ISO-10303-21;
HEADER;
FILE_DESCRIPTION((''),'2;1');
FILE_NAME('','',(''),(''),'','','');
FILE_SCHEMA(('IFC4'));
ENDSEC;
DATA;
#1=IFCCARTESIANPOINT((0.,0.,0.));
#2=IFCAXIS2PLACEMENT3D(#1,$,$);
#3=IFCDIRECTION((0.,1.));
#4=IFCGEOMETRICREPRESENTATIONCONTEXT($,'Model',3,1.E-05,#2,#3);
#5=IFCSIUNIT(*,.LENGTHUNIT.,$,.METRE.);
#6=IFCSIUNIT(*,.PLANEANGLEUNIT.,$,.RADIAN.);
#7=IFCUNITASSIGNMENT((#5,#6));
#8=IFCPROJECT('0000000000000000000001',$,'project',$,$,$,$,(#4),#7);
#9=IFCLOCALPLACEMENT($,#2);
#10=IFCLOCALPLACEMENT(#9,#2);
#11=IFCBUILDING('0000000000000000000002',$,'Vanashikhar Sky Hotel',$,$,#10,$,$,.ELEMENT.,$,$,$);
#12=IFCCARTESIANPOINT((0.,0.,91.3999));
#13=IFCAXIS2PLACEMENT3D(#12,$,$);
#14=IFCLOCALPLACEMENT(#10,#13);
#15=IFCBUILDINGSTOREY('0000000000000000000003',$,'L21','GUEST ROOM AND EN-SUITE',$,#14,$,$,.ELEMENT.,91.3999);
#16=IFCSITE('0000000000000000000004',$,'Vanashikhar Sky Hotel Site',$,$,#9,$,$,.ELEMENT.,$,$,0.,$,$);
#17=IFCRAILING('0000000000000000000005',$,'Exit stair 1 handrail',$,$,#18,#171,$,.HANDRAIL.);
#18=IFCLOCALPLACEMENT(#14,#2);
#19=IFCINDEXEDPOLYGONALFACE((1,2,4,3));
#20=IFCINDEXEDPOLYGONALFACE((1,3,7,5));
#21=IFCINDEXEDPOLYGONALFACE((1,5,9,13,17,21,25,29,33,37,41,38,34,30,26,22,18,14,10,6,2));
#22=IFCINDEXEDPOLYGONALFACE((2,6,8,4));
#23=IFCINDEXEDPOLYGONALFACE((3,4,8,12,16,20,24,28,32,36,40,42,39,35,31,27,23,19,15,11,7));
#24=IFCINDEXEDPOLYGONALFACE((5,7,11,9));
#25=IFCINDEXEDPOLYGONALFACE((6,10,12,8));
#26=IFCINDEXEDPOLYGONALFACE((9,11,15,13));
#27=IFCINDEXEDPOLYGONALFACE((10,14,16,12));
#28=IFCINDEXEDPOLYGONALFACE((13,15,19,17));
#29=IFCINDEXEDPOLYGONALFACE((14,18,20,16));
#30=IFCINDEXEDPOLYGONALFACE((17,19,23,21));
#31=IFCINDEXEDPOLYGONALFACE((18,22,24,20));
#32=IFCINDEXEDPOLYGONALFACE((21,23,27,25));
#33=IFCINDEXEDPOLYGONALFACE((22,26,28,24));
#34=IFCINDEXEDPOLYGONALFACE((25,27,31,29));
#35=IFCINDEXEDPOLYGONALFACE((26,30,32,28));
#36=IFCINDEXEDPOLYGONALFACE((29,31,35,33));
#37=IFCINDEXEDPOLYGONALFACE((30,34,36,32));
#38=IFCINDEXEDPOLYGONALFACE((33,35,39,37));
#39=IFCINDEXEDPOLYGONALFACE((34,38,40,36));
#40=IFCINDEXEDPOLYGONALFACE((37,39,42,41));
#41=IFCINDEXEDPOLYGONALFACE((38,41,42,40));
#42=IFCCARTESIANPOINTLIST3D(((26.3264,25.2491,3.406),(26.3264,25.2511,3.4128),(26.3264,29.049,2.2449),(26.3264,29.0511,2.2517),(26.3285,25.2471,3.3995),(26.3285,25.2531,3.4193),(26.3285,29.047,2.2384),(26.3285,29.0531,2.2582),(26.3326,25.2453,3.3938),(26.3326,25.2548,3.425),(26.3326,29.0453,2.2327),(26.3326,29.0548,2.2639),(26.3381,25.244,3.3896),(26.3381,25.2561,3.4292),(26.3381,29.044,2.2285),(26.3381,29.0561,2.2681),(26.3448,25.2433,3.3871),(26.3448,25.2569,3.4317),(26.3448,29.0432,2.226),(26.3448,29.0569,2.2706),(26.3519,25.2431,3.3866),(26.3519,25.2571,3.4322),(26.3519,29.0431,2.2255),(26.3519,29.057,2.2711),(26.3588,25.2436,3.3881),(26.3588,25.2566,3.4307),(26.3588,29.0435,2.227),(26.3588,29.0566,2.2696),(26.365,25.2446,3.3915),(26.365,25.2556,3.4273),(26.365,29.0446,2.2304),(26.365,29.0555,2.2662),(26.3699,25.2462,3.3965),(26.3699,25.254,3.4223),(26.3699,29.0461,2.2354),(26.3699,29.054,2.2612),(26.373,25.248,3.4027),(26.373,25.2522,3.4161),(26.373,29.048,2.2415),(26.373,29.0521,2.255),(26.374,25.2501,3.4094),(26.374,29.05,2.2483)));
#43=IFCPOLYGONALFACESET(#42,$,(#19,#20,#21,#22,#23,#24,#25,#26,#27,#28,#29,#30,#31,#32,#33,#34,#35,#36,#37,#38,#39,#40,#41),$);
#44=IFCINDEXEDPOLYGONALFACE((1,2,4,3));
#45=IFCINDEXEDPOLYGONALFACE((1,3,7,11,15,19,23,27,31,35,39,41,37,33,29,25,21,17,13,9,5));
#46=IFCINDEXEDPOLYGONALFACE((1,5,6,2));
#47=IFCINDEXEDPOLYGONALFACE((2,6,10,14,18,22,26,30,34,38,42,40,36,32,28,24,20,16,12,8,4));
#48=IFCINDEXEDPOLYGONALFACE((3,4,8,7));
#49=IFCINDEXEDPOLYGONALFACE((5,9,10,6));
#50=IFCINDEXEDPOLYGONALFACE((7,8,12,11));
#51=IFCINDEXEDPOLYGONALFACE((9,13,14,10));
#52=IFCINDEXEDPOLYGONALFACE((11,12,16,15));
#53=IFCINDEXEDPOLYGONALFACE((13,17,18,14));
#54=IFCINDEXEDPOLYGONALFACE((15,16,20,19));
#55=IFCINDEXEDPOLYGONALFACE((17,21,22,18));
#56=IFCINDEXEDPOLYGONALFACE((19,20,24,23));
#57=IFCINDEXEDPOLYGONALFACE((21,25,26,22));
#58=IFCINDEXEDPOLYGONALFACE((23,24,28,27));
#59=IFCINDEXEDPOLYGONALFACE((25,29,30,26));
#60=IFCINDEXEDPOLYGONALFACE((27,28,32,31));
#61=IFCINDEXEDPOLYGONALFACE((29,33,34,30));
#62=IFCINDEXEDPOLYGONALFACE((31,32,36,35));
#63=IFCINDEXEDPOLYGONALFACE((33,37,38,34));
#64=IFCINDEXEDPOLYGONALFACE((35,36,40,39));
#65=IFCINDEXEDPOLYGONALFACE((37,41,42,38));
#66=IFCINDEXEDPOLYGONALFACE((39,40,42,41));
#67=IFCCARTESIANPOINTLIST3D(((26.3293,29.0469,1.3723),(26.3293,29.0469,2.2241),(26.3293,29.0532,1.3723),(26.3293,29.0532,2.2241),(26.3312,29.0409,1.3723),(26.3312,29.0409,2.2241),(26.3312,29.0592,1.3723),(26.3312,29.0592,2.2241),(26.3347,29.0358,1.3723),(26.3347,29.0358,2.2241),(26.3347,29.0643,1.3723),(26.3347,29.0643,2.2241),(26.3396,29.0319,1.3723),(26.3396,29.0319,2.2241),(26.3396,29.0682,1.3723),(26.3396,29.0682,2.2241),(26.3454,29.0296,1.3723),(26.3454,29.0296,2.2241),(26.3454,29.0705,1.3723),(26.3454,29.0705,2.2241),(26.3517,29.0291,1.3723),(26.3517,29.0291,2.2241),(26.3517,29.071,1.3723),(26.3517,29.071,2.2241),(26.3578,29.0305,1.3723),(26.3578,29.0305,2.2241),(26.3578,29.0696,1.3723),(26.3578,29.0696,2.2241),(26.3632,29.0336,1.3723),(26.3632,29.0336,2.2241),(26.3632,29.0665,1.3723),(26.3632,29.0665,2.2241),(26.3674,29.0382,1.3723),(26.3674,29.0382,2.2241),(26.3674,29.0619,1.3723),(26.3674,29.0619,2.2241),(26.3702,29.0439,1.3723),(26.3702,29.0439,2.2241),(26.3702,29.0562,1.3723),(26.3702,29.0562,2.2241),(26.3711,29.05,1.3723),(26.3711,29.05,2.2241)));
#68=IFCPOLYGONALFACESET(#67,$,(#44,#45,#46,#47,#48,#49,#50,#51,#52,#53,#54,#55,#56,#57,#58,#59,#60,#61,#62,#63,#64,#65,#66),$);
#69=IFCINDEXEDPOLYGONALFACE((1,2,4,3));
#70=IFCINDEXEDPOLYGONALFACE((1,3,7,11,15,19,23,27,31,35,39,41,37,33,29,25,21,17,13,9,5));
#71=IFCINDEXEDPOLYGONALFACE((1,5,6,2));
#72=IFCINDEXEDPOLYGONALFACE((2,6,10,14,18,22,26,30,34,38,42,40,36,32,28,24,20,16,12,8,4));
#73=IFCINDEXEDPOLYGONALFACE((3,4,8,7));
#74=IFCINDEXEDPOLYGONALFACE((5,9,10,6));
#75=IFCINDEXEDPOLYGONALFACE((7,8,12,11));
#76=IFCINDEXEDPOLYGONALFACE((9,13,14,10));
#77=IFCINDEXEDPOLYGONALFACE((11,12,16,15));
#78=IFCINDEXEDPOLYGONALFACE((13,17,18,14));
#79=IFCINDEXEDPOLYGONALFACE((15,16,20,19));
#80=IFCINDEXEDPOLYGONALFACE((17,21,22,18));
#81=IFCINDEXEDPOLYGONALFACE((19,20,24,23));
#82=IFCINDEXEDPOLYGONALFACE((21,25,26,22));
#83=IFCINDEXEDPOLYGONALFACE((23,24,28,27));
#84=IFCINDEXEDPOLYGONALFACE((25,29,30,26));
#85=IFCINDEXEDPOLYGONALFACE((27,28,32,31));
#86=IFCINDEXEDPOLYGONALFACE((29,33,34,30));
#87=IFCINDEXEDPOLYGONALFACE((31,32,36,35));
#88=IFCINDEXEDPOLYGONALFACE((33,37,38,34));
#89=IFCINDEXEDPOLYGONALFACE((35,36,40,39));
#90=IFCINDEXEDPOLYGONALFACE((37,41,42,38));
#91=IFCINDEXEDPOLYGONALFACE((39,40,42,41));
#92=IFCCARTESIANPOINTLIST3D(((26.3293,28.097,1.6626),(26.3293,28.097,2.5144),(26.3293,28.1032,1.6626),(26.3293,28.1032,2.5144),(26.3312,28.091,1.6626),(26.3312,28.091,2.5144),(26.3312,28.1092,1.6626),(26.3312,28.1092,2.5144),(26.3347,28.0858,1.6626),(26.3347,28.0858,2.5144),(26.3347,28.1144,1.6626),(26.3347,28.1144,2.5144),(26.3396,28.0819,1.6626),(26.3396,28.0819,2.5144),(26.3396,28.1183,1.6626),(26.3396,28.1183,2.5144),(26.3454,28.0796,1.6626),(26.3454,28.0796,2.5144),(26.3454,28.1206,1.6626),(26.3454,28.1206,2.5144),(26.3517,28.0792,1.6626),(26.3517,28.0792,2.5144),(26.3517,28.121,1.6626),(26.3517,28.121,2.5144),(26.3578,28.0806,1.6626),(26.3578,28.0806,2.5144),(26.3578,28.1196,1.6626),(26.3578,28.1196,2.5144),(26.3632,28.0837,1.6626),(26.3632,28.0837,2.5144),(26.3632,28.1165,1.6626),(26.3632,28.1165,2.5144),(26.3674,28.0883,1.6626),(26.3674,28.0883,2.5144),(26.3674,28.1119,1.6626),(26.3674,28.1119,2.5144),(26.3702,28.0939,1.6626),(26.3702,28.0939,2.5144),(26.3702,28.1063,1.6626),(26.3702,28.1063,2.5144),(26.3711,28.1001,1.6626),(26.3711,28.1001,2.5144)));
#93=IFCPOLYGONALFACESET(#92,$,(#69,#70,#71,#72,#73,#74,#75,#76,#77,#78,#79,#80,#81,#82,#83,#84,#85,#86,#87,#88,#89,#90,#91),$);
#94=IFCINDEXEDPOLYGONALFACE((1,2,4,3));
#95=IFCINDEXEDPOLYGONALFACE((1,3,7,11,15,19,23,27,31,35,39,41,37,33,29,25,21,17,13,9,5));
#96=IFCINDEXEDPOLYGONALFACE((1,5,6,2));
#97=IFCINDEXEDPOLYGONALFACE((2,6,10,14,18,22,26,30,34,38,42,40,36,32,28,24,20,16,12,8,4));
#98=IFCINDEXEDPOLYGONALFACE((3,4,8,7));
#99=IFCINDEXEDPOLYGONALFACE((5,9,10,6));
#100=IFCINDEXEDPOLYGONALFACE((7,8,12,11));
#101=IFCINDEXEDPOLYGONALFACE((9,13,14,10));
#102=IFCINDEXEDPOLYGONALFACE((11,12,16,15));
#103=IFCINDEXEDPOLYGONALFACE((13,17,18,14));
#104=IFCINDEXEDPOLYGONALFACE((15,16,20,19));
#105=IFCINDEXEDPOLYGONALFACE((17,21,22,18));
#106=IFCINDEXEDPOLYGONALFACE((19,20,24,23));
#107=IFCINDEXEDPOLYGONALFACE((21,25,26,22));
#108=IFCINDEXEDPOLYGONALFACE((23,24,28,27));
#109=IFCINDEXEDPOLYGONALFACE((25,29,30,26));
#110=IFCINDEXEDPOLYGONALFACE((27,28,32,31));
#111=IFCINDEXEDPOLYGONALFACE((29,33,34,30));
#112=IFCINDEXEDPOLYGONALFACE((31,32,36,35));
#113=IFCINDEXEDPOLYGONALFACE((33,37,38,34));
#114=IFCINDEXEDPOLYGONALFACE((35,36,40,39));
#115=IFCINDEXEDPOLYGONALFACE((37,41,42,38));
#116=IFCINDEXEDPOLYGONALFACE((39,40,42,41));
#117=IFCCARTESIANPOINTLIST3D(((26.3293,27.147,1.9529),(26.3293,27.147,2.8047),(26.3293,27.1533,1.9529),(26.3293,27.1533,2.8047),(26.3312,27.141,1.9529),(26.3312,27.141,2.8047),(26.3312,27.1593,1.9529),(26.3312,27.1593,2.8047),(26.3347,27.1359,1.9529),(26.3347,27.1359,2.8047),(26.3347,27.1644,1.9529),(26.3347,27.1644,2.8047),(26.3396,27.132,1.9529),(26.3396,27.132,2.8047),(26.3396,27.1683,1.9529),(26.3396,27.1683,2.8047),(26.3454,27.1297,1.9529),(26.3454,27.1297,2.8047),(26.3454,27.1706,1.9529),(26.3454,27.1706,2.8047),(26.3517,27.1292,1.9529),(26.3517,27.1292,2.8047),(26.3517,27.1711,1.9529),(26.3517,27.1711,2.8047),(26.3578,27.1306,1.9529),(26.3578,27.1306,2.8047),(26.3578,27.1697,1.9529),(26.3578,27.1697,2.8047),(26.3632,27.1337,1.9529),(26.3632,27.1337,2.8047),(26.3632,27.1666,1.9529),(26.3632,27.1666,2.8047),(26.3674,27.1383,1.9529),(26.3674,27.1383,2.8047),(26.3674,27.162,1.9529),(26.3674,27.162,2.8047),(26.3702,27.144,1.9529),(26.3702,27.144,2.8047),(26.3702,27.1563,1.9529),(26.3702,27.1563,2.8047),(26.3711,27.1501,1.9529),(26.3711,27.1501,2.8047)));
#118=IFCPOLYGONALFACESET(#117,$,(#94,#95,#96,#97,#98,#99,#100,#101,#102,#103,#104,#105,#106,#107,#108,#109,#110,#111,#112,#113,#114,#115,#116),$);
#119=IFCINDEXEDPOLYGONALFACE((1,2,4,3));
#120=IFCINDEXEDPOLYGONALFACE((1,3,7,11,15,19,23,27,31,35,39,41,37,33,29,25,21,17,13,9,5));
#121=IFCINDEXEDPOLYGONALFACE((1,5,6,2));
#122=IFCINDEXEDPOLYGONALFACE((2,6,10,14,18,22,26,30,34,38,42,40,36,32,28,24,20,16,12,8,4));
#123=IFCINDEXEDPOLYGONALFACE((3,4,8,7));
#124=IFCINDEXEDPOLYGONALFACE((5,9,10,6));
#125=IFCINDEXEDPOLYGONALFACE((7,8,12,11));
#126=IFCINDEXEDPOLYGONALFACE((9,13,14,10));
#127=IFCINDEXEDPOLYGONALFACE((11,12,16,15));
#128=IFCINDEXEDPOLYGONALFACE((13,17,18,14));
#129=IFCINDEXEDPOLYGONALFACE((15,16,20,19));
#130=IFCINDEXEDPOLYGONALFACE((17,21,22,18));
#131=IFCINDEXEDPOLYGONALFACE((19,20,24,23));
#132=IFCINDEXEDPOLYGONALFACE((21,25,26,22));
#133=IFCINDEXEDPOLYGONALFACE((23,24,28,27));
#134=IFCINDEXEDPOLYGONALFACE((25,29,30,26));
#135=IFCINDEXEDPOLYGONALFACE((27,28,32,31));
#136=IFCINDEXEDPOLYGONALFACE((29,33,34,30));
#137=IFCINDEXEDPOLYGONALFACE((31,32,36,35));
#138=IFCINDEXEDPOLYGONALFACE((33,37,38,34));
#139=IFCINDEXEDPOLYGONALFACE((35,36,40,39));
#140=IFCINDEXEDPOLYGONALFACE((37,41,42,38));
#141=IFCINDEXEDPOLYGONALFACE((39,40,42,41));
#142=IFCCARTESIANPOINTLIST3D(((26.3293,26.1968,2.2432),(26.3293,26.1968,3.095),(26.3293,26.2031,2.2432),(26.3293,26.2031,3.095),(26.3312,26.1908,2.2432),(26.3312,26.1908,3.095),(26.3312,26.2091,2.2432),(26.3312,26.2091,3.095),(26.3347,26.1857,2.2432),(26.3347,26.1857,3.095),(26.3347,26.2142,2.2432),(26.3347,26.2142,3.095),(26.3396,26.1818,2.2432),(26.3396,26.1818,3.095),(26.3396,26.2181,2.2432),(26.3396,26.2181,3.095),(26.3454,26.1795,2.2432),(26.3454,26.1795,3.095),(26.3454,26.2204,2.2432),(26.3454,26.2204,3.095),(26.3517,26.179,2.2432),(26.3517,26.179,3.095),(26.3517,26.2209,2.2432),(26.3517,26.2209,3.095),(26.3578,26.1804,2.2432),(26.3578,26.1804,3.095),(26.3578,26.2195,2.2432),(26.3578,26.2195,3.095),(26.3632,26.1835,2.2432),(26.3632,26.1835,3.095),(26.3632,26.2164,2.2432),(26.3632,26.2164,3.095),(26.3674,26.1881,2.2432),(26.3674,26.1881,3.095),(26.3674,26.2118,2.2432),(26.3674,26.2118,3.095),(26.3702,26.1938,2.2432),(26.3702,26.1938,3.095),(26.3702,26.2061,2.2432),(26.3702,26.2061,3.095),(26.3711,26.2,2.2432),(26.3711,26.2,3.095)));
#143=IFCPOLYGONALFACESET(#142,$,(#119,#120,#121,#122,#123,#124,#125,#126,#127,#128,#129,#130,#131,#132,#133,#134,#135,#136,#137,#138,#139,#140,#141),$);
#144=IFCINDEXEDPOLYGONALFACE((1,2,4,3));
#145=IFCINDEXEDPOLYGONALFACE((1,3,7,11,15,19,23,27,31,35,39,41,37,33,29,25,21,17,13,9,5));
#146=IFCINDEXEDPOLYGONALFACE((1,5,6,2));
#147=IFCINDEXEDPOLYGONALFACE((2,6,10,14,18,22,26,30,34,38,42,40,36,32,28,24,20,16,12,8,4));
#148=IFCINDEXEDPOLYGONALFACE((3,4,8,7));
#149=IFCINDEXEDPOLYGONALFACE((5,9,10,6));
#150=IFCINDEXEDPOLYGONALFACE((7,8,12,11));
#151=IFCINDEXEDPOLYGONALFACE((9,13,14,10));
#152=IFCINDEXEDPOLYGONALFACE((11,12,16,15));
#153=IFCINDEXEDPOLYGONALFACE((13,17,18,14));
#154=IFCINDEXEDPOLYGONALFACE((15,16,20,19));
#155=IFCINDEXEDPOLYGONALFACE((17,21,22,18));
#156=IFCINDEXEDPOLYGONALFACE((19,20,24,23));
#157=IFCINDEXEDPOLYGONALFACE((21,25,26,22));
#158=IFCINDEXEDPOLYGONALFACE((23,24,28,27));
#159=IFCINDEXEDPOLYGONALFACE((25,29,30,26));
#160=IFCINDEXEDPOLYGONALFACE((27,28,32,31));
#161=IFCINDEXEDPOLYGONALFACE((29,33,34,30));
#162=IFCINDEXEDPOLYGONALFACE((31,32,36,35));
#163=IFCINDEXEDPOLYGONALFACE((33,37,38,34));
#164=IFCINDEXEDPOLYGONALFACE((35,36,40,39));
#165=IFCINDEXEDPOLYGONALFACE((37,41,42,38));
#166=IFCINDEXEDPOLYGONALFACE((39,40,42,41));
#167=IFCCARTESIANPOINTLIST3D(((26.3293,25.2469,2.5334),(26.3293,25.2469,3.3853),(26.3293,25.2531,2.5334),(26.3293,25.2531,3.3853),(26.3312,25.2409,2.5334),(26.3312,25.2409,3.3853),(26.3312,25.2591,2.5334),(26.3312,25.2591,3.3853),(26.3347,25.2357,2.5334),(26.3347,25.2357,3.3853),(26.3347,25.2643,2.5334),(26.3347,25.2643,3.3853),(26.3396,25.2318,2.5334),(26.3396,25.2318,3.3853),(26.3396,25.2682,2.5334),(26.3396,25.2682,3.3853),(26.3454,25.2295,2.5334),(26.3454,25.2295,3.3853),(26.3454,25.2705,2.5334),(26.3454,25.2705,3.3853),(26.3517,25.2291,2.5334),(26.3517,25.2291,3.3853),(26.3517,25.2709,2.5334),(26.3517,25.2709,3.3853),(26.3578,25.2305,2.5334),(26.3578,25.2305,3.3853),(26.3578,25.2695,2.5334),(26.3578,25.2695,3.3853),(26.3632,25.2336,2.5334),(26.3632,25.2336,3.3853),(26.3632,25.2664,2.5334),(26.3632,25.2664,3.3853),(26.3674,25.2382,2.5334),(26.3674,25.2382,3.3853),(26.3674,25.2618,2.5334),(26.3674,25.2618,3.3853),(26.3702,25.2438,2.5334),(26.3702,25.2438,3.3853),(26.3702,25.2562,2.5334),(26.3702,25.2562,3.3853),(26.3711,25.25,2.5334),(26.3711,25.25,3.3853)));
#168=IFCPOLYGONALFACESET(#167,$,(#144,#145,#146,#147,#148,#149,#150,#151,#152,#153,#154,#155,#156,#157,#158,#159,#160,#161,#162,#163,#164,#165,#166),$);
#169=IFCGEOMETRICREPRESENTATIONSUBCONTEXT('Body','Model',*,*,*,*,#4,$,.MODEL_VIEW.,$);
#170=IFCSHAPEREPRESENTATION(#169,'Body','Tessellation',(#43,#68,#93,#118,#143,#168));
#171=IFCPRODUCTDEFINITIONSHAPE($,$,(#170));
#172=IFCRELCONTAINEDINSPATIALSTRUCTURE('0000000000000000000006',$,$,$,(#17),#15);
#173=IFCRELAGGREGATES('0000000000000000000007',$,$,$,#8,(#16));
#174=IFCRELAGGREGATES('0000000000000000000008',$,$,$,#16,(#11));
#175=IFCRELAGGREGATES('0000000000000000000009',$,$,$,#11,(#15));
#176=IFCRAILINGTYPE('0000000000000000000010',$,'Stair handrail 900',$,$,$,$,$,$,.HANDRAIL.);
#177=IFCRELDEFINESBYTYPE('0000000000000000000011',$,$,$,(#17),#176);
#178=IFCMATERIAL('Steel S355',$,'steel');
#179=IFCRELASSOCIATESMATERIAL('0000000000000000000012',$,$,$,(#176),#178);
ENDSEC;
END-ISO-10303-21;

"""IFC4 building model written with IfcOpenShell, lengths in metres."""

from ifc_helpers import new_model, si_unit, direction, frame, origin, origin_2d, place, context, subcontext, project, spatial, circle, extrude, source, transform, mapped, material, type_object, element, save


model = new_model("IFC4")

# Units and contexts
model_context = context("Model", 3, precision=1e-05, world=origin(), true_north=direction((0.0, 1.0)))
body_context = subcontext(model_context, "Body", "Model", "MODEL_VIEW")
ifc_project = project(units=[si_unit("LENGTHUNIT", "METRE"), si_unit("PLANEANGLEUNIT", "RADIAN")], contexts=[model_context])

# Site, building, storey
site_placement = place(None, origin())
site = spatial("IfcSite", under=ifc_project, at=site_placement, Name="Vanashikhar Sky Hotel Site", CompositionType="ELEMENT", RefElevation=0.0)
building_placement = place(site_placement, origin())
building = spatial("IfcBuilding", under=site, at=building_placement, Name="Vanashikhar Sky Hotel", CompositionType="ELEMENT")
storey_placement = place(building_placement, frame((0.0, 0.0, 91.3999)))
storey = spatial("IfcBuildingStorey", under=building, at=storey_placement, Name="L21", Description="GUEST ROOM AND EN-SUITE", CompositionType="ELEMENT", Elevation=91.3999)

# Railing
ifc_material_1 = material(Name="Steel S355", Category="steel")
railing_type_1 = type_object("IfcRailingType", Name="Stair handrail 900", PredefinedType="HANDRAIL", material=ifc_material_1)
shared_shape_1 = source(origin(), body_context, "Body", "SweptSolid", [
    extrude(circle(Radius=0.0239, at=origin_2d()), frame((0.0, 0.0, 0.876), z_axis=(0.0, -0.956351, 0.29222), x_axis=(1.0, 0.0, 0.0)), (0.0, 0.0, 1.0), 3.9734),
    extrude(circle(Radius=0.021, at=origin_2d()), origin(), (0.0, 0.0, 1.0), 0.8518),
    extrude(circle(Radius=0.021, at=origin_2d()), frame((0.0, -0.95, 0.2903)), (0.0, 0.0, 1.0), 0.8518),
    extrude(circle(Radius=0.021, at=origin_2d()), frame((0.0, -1.8999, 0.5806)), (0.0, 0.0, 1.0), 0.8518),
    extrude(circle(Radius=0.021, at=origin_2d()), frame((0.0, -2.8501, 0.8708)), (0.0, 0.0, 1.0), 0.8518),
    extrude(circle(Radius=0.021, at=origin_2d()), frame((0.0, -3.8, 1.1611)), (0.0, 0.0, 1.0), 0.8518),
])
railing_1_placement = place(storey_placement, frame((26.3501, 29.05, 1.3723)))
element("IfcRailing", 1, at=railing_1_placement, inside=storey, type_object=railing_type_1, Name="Exit stair 1 handrail", PredefinedType="HANDRAIL", context=body_context, shape_type="MappedRepresentation", body=[
    mapped(shared_shape_1, transform((0.0, 0.0, 0.0), scale=1.0)),
])

save(model, "model.ifc")
